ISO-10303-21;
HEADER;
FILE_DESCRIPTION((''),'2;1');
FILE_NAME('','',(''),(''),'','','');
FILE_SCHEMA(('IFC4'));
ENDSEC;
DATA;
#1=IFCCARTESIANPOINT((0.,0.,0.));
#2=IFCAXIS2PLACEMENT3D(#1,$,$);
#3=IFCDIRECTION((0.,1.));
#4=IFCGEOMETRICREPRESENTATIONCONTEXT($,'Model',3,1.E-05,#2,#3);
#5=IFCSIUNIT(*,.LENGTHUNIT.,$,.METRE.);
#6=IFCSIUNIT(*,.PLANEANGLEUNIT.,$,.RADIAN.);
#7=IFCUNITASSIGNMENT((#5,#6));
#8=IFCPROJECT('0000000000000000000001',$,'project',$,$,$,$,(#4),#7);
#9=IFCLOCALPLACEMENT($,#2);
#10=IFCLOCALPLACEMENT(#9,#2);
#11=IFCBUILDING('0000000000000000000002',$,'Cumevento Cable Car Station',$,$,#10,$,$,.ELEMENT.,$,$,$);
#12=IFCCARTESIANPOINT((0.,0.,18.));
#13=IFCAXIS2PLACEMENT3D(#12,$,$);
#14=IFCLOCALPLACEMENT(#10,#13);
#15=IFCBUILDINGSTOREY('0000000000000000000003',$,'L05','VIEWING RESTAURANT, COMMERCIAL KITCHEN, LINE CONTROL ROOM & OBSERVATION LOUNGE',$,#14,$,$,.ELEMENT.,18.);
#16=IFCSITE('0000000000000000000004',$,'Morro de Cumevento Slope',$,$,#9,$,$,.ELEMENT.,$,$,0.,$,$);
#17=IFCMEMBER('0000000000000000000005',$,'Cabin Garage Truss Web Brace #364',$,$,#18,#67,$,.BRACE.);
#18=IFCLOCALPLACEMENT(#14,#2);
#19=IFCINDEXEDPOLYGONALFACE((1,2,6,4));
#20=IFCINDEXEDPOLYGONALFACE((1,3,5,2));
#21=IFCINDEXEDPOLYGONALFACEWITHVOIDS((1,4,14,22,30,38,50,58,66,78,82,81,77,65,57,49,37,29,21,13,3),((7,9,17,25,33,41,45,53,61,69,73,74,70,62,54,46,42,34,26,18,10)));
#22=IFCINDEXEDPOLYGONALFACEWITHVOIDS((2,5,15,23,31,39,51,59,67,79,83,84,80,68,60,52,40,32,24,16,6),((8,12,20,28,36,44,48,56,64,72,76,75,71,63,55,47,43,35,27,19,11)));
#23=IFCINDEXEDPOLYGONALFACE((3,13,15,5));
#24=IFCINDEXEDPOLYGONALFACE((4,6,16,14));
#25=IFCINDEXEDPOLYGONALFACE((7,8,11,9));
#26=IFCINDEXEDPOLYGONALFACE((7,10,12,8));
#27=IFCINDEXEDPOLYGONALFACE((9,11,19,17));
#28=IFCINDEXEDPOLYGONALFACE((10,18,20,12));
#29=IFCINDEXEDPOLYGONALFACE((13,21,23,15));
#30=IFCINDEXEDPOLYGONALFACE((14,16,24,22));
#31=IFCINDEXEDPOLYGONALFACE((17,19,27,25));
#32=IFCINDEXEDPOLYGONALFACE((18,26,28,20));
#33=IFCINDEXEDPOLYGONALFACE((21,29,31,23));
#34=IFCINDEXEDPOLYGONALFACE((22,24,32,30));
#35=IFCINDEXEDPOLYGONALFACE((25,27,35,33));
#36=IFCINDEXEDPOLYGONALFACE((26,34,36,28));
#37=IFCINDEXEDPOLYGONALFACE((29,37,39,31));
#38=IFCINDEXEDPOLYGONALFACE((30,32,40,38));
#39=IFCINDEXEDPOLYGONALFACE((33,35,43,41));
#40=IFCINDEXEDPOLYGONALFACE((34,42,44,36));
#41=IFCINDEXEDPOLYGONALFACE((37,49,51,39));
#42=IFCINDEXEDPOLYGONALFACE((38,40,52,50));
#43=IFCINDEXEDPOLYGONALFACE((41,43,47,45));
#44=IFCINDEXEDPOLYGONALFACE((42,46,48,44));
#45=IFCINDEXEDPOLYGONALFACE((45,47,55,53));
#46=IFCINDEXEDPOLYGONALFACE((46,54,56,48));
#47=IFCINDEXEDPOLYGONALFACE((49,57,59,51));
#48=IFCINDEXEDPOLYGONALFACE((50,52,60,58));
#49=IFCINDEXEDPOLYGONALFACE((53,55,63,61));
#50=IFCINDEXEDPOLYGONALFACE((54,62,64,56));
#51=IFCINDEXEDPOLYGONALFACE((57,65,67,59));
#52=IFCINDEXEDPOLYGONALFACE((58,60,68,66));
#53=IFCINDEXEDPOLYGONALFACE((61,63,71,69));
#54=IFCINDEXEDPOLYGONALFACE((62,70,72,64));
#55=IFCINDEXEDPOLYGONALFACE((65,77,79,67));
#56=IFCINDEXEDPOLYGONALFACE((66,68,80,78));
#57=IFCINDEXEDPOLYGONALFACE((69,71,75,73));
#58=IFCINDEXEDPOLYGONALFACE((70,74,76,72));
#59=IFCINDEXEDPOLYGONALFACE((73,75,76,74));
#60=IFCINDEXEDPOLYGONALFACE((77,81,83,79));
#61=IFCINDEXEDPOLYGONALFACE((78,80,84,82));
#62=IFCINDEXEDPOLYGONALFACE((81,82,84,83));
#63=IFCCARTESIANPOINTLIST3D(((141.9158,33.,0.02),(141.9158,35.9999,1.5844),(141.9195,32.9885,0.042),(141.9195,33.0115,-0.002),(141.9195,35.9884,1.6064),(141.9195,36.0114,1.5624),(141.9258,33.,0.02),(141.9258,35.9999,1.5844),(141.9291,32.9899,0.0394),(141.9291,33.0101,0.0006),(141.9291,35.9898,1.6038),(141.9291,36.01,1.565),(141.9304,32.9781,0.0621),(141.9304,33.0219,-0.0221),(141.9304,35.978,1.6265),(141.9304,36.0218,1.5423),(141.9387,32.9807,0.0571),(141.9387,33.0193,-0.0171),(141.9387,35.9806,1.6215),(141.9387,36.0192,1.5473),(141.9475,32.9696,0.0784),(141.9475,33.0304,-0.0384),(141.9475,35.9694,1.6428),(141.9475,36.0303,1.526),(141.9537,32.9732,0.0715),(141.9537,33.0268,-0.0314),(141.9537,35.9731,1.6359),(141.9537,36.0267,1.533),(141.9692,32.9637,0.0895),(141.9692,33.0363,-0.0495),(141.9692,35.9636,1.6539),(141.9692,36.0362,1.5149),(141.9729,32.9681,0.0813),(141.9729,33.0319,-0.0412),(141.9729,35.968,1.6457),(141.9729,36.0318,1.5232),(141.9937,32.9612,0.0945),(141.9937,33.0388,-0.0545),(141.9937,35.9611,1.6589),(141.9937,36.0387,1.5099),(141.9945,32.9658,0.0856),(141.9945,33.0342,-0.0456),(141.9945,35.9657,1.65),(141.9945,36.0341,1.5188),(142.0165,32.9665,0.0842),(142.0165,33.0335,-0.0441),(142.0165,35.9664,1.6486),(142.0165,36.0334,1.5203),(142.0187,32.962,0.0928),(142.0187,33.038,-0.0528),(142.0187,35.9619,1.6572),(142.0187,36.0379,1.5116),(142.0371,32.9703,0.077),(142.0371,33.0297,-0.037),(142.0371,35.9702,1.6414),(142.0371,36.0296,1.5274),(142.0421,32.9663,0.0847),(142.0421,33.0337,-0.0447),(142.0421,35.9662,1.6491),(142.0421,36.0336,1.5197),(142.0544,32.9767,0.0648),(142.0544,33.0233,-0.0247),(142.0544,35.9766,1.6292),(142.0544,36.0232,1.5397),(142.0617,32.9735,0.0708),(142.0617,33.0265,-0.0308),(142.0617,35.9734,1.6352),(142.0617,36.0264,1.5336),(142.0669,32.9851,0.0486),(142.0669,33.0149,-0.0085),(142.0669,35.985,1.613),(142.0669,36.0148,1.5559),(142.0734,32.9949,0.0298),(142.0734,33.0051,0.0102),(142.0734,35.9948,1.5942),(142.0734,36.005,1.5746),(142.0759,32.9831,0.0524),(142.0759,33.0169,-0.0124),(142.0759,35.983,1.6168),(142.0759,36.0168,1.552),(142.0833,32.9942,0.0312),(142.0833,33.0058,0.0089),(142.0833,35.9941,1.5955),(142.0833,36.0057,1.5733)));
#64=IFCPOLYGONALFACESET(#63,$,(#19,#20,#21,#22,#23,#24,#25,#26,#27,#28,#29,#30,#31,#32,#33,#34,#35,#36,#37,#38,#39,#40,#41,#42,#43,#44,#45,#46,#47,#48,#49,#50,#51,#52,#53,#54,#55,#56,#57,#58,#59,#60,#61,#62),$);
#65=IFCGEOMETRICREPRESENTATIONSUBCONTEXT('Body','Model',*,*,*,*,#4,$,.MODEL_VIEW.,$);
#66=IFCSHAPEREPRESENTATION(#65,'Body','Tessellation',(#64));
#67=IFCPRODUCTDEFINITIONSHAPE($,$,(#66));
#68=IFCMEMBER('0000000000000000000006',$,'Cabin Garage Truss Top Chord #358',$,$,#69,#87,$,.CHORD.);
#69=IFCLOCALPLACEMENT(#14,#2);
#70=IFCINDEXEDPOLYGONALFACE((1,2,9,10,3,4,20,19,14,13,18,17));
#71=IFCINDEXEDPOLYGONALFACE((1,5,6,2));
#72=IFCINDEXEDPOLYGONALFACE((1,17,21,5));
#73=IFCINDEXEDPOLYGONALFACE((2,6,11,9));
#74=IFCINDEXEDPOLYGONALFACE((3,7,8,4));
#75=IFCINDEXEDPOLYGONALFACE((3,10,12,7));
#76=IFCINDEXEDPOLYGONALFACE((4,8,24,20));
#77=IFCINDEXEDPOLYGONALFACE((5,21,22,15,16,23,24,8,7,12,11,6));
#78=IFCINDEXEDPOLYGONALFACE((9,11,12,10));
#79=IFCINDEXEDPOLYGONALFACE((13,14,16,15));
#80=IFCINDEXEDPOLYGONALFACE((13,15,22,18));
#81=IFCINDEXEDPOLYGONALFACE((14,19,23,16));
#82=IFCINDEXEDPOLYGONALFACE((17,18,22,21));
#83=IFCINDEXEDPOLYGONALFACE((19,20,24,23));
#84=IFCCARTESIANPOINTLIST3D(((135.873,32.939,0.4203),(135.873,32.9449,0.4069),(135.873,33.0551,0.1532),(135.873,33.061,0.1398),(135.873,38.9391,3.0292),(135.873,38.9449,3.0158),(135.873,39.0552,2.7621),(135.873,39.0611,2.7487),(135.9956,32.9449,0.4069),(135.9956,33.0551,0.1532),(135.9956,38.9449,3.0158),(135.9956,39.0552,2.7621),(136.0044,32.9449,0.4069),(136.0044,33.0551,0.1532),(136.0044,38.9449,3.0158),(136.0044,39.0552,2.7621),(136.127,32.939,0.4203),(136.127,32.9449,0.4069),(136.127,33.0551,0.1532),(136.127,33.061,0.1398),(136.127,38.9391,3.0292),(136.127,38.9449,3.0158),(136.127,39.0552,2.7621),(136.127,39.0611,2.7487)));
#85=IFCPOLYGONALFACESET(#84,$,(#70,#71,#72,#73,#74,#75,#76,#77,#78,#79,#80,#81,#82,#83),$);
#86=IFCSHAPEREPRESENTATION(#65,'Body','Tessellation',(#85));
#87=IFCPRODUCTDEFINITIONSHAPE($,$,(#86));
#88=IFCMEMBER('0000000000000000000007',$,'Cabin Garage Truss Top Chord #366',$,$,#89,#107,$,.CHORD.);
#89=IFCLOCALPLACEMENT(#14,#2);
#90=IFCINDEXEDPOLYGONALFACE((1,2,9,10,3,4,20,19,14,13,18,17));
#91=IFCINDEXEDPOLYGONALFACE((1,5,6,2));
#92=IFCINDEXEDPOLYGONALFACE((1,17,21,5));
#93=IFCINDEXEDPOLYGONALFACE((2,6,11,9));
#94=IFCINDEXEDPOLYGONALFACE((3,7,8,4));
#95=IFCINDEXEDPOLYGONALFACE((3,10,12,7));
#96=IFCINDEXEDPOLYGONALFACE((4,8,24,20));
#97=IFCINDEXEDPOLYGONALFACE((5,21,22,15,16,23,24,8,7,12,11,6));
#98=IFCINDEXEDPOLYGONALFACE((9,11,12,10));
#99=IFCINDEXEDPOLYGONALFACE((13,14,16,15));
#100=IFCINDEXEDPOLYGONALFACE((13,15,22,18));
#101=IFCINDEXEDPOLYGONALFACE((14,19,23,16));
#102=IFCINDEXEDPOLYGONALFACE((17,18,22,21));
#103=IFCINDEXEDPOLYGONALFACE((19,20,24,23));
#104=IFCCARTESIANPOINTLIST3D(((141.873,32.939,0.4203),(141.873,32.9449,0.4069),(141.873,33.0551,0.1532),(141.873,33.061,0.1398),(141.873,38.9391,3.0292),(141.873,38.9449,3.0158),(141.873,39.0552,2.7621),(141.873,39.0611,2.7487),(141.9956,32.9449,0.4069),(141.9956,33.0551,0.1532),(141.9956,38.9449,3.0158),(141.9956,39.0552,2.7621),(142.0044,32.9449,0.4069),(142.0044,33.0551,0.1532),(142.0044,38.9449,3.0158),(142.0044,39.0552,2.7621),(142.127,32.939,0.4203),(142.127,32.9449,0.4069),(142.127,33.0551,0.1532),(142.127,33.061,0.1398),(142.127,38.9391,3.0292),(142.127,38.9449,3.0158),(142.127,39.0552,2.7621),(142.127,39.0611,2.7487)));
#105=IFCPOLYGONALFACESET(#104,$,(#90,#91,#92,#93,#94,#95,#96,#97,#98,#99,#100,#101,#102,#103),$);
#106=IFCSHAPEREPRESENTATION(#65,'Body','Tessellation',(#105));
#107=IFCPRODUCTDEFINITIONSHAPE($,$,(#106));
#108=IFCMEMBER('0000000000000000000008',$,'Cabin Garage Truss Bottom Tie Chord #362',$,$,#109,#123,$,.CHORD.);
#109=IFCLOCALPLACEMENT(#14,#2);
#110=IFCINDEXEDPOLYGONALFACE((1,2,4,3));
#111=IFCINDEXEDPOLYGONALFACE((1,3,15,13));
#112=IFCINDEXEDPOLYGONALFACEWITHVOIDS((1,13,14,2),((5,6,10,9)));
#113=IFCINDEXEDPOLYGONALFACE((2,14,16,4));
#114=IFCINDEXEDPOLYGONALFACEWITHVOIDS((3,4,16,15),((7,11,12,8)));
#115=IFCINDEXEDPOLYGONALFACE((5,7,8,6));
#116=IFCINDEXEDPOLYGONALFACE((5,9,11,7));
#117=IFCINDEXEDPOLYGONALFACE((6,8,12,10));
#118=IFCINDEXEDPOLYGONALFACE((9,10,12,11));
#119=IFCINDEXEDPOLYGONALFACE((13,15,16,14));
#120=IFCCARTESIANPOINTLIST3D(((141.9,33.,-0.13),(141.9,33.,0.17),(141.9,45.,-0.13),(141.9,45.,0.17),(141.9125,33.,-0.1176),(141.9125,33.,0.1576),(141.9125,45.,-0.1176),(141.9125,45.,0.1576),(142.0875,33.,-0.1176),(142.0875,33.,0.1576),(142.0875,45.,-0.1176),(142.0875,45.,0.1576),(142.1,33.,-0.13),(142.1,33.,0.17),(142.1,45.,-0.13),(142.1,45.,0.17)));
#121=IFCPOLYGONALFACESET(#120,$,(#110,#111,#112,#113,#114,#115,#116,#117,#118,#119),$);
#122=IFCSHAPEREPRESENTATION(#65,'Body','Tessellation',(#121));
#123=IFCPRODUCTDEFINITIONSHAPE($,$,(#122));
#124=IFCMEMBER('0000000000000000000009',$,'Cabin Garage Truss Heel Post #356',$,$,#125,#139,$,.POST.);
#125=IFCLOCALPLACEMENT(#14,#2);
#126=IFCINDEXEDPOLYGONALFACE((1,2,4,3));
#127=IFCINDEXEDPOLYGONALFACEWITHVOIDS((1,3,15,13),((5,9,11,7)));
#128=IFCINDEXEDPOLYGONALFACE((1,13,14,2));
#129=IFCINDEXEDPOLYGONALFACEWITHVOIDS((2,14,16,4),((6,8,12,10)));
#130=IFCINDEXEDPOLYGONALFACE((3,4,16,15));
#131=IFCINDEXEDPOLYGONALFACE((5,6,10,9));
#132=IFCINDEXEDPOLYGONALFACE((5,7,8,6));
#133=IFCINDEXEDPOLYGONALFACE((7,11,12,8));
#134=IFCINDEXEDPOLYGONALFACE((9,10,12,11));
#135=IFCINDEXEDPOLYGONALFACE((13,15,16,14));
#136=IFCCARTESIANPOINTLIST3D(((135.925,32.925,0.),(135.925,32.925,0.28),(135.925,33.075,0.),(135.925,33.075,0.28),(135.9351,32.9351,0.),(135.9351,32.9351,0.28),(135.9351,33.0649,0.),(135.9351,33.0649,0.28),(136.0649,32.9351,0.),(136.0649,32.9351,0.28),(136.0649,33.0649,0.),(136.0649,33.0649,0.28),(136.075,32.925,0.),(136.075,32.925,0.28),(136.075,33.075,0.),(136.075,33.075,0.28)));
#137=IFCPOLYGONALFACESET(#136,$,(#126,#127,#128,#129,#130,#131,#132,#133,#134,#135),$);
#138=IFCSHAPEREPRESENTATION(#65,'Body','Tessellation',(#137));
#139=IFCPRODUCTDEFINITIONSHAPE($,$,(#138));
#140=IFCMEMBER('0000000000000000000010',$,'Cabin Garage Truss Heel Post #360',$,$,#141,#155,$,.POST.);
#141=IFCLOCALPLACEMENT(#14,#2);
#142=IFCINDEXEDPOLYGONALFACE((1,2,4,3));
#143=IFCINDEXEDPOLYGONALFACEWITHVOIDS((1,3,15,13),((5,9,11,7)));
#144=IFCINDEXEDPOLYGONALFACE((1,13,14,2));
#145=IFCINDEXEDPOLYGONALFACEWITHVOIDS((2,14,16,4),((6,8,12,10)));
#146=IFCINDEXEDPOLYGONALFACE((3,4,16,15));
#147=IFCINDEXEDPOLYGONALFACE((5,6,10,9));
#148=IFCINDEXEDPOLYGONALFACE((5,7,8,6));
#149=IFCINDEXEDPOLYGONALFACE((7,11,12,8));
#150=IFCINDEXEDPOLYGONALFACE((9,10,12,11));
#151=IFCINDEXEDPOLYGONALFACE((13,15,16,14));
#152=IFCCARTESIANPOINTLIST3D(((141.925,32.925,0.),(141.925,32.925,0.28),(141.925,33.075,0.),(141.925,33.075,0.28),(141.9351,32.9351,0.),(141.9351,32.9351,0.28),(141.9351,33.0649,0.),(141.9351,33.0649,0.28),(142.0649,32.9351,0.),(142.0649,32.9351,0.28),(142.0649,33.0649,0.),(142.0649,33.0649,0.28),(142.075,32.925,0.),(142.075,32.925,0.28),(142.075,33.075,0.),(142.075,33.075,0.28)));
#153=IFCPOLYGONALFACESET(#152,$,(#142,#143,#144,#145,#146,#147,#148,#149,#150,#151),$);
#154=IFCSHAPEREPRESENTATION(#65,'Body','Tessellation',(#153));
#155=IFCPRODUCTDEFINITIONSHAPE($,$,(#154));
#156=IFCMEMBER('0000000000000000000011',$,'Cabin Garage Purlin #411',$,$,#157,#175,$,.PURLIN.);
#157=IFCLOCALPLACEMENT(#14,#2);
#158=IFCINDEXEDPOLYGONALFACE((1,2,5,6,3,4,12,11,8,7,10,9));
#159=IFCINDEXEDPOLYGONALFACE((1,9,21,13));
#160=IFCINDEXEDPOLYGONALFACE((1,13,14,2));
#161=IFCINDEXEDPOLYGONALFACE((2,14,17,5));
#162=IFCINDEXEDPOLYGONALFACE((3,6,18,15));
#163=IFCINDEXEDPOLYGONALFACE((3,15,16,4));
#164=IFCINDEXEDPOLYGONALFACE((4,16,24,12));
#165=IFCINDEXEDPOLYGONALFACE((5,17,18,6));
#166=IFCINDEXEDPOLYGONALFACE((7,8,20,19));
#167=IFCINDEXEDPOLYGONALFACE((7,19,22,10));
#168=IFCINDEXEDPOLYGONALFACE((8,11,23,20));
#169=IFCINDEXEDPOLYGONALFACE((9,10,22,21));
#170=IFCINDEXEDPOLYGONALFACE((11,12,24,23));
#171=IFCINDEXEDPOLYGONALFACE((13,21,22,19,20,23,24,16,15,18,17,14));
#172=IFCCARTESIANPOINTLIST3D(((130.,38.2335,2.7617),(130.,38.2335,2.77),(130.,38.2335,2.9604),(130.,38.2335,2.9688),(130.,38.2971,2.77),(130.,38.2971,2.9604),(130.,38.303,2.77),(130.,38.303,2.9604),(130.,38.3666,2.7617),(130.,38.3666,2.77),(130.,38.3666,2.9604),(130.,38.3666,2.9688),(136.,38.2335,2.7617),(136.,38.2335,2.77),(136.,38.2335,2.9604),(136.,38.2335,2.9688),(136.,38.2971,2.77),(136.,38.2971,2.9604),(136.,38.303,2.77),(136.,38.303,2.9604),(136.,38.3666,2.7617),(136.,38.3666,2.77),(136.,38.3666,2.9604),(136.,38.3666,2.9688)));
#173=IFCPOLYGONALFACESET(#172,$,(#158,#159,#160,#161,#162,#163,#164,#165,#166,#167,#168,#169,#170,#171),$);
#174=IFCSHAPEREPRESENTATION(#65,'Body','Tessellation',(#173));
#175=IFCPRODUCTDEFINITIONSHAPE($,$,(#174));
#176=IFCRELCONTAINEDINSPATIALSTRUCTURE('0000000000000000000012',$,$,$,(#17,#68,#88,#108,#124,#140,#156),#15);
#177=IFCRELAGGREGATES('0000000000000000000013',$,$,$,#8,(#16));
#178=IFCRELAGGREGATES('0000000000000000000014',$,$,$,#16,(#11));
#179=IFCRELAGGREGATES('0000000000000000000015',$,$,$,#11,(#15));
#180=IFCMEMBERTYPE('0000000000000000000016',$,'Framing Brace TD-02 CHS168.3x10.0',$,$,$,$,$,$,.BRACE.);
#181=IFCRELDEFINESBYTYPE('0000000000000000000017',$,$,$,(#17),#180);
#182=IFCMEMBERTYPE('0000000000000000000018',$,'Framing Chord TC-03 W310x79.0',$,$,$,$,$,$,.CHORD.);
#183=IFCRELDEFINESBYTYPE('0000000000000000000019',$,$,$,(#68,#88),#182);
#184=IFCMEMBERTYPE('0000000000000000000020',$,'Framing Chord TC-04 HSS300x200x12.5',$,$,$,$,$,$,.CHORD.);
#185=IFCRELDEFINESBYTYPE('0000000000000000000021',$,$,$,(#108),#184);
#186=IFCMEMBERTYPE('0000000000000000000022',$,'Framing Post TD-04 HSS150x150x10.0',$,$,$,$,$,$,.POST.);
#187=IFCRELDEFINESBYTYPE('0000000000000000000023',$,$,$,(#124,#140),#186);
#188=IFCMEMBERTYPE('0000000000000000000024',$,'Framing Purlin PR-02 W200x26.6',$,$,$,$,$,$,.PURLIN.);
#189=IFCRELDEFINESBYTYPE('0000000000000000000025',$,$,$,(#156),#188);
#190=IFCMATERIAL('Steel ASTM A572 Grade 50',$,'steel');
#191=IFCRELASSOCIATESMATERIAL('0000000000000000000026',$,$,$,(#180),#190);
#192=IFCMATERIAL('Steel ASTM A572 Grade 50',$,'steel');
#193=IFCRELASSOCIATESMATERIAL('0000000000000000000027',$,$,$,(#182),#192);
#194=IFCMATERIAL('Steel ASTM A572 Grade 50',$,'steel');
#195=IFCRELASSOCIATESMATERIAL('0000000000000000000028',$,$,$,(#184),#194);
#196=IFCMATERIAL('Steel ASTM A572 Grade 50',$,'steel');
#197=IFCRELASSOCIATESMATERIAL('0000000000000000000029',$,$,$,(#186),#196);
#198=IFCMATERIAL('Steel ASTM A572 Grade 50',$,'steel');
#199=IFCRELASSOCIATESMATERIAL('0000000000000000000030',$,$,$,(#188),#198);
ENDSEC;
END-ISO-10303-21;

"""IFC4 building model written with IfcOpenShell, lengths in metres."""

from ifc_helpers import new_model, si_unit, direction, frame, origin, origin_2d, place, context, subcontext, project, spatial, hollow_rectangle, hollow_circle, i_section, extrude, material, material_profile, profile_set, type_object, element, save


model = new_model("IFC4")

# Units and contexts
model_context = context("Model", 3, precision=1e-05, world=origin(), true_north=direction((0.0, 1.0)))
body_context = subcontext(model_context, "Body", "Model", "MODEL_VIEW")
ifc_project = project(units=[si_unit("LENGTHUNIT", "METRE"), si_unit("PLANEANGLEUNIT", "RADIAN")], contexts=[model_context])

# Site, building, storey
site_placement = place(None, origin())
site = spatial("IfcSite", under=ifc_project, at=site_placement, Name="Morro de Cumevento Slope", CompositionType="ELEMENT", RefElevation=0.0)
building_placement = place(site_placement, origin())
building = spatial("IfcBuilding", under=site, at=building_placement, Name="Cumevento Cable Car Station", CompositionType="ELEMENT")
storey_placement = place(building_placement, frame((0.0, 0.0, 18.0)))
storey = spatial("IfcBuildingStorey", under=building, at=storey_placement, Name="L05", Description="VIEWING RESTAURANT, COMMERCIAL KITCHEN, LINE CONTROL ROOM & OBSERVATION LOUNGE", CompositionType="ELEMENT", Elevation=18.0)

# Members
ifc_material_1 = material(Name="Steel ASTM A572 Grade 50", Category="steel")
ifc_material_profile_1 = material_profile(ifc_material_1, hollow_circle(Radius=0.0842, WallThickness=0.01, at=origin_2d()), Name="CHS168.3x10.0")
ifc_profile_set_1 = profile_set([ifc_material_profile_1], Name="Steel ASTM A572 Grade 50")
member_type_1 = type_object("IfcMemberType", Name="Framing Brace TD-02 CHS168.3x10.0", PredefinedType="BRACE", material=ifc_profile_set_1)
member_1_placement = place(storey_placement, frame((142.0, 33.0, 0.02), z_axis=(0.0, 0.886677, 0.462388), x_axis=(-1.0, 0.0, 0.0)))
element("IfcMember", 1, at=member_1_placement, inside=storey, type_object=member_type_1, Name="Cabin Garage Truss Web Brace #364", PredefinedType="BRACE", context=body_context, shape_type="SweptSolid", body=[
    extrude(hollow_circle(Radius=0.0842, WallThickness=0.01, at=origin_2d()), origin(), (0.0, 0.0, 1.0), 3.3833),
])
ifc_material_2 = material(Name="Steel ASTM A572 Grade 50", Category="steel")
ifc_material_profile_2 = material_profile(ifc_material_2, i_section(OverallWidth=0.2539, OverallDepth=0.3059, WebThickness=0.0088, FlangeThickness=0.0146, at=origin_2d()), Name="W310x79.0")
ifc_profile_set_2 = profile_set([ifc_material_profile_2], Name="Steel ASTM A572 Grade 50")
member_type_2 = type_object("IfcMemberType", Name="Framing Chord TC-03 W310x79.0", PredefinedType="CHORD", material=ifc_profile_set_2)
for number, where, z_axis, x_axis, name in (
    (2, (136.0, 33.0, 0.28), (0.0, 0.917059, 0.398751), (-1.0, 0.0, 0.0), "Cabin Garage Truss Top Chord #358"),
    (3, (142.0, 33.0, 0.28), (0.0, 0.917059, 0.398751), (-1.0, 0.0, 0.0), "Cabin Garage Truss Top Chord #366"),
):
    element("IfcMember", number, at=place(storey_placement, frame(where, z_axis=z_axis, x_axis=x_axis)), inside=storey, type_object=member_type_2, Name=name, PredefinedType="CHORD", context=body_context, shape_type="SweptSolid", body=[
        extrude(i_section(OverallWidth=0.2539, OverallDepth=0.3059, WebThickness=0.0088, FlangeThickness=0.0146, at=origin_2d()), origin(), (0.0, 0.0, 1.0), 6.5427),
    ])
ifc_material_3 = material(Name="Steel ASTM A572 Grade 50", Category="steel")
ifc_material_profile_3 = material_profile(ifc_material_3, hollow_rectangle(XDim=0.2, YDim=0.3, WallThickness=0.0125, at=origin_2d()), Name="HSS300x200x12.5")
ifc_profile_set_3 = profile_set([ifc_material_profile_3], Name="Steel ASTM A572 Grade 50")
member_type_3 = type_object("IfcMemberType", Name="Framing Chord TC-04 HSS300x200x12.5", PredefinedType="CHORD", material=ifc_profile_set_3)
member_2_placement = place(storey_placement, frame((142.0, 33.0, 0.02), z_axis=(0.0, 1.0, 0.0), x_axis=(-1.0, 0.0, 0.0)))
element("IfcMember", 4, at=member_2_placement, inside=storey, type_object=member_type_3, Name="Cabin Garage Truss Bottom Tie Chord #362", PredefinedType="CHORD", context=body_context, shape_type="SweptSolid", body=[
    extrude(hollow_rectangle(XDim=0.2, YDim=0.3, WallThickness=0.0125, at=origin_2d()), origin(), (0.0, 0.0, 1.0), 12.0),
])
ifc_material_4 = material(Name="Steel ASTM A572 Grade 50", Category="steel")
ifc_material_profile_4 = material_profile(ifc_material_4, hollow_rectangle(XDim=0.1499, YDim=0.1499, WallThickness=0.01, at=origin_2d()), Name="HSS150x150x10.0")
ifc_profile_set_4 = profile_set([ifc_material_profile_4], Name="Steel ASTM A572 Grade 50")
member_type_4 = type_object("IfcMemberType", Name="Framing Post TD-04 HSS150x150x10.0", PredefinedType="POST", material=ifc_profile_set_4)
for number, where, z_axis, x_axis, name in (
    (5, (136.0, 33.0, 0.0), (0.0, 0.0, 1.0), (1.0, 0.0, 0.0), "Cabin Garage Truss Heel Post #356"),
    (6, (142.0, 33.0, 0.0), (0.0, 0.0, 1.0), (1.0, 0.0, 0.0), "Cabin Garage Truss Heel Post #360"),
):
    element("IfcMember", number, at=place(storey_placement, frame(where, z_axis=z_axis, x_axis=x_axis)), inside=storey, type_object=member_type_4, Name=name, PredefinedType="POST", context=body_context, shape_type="SweptSolid", body=[
        extrude(hollow_rectangle(XDim=0.1499, YDim=0.1499, WallThickness=0.01, at=origin_2d()), origin(), (0.0, 0.0, 1.0), 0.28),
    ])
ifc_material_5 = material(Name="Steel ASTM A572 Grade 50", Category="steel")
ifc_material_profile_5 = material_profile(ifc_material_5, i_section(OverallWidth=0.1331, OverallDepth=0.207, WebThickness=0.0059, FlangeThickness=0.0083, at=origin_2d()), Name="W200x26.6")
ifc_profile_set_5 = profile_set([ifc_material_profile_5], Name="Steel ASTM A572 Grade 50")
member_type_5 = type_object("IfcMemberType", Name="Framing Purlin PR-02 W200x26.6", PredefinedType="PURLIN", material=ifc_profile_set_5)
for number, where, z_axis, x_axis, name in (
    (7, (130.0, 38.3, 2.8652), (1.0, 0.0, 0.0), (0.0, 1.0, 0.0), "Cabin Garage Purlin #411"),
):
    element("IfcMember", number, at=place(storey_placement, frame(where, z_axis=z_axis, x_axis=x_axis)), inside=storey, type_object=member_type_5, Name=name, PredefinedType="PURLIN", context=body_context, shape_type="SweptSolid", body=[
        extrude(i_section(OverallWidth=0.1331, OverallDepth=0.207, WebThickness=0.0059, FlangeThickness=0.0083, at=origin_2d()), origin(), (0.0, 0.0, 1.0), 6.0),
    ])

save(model, "model.ifc")
